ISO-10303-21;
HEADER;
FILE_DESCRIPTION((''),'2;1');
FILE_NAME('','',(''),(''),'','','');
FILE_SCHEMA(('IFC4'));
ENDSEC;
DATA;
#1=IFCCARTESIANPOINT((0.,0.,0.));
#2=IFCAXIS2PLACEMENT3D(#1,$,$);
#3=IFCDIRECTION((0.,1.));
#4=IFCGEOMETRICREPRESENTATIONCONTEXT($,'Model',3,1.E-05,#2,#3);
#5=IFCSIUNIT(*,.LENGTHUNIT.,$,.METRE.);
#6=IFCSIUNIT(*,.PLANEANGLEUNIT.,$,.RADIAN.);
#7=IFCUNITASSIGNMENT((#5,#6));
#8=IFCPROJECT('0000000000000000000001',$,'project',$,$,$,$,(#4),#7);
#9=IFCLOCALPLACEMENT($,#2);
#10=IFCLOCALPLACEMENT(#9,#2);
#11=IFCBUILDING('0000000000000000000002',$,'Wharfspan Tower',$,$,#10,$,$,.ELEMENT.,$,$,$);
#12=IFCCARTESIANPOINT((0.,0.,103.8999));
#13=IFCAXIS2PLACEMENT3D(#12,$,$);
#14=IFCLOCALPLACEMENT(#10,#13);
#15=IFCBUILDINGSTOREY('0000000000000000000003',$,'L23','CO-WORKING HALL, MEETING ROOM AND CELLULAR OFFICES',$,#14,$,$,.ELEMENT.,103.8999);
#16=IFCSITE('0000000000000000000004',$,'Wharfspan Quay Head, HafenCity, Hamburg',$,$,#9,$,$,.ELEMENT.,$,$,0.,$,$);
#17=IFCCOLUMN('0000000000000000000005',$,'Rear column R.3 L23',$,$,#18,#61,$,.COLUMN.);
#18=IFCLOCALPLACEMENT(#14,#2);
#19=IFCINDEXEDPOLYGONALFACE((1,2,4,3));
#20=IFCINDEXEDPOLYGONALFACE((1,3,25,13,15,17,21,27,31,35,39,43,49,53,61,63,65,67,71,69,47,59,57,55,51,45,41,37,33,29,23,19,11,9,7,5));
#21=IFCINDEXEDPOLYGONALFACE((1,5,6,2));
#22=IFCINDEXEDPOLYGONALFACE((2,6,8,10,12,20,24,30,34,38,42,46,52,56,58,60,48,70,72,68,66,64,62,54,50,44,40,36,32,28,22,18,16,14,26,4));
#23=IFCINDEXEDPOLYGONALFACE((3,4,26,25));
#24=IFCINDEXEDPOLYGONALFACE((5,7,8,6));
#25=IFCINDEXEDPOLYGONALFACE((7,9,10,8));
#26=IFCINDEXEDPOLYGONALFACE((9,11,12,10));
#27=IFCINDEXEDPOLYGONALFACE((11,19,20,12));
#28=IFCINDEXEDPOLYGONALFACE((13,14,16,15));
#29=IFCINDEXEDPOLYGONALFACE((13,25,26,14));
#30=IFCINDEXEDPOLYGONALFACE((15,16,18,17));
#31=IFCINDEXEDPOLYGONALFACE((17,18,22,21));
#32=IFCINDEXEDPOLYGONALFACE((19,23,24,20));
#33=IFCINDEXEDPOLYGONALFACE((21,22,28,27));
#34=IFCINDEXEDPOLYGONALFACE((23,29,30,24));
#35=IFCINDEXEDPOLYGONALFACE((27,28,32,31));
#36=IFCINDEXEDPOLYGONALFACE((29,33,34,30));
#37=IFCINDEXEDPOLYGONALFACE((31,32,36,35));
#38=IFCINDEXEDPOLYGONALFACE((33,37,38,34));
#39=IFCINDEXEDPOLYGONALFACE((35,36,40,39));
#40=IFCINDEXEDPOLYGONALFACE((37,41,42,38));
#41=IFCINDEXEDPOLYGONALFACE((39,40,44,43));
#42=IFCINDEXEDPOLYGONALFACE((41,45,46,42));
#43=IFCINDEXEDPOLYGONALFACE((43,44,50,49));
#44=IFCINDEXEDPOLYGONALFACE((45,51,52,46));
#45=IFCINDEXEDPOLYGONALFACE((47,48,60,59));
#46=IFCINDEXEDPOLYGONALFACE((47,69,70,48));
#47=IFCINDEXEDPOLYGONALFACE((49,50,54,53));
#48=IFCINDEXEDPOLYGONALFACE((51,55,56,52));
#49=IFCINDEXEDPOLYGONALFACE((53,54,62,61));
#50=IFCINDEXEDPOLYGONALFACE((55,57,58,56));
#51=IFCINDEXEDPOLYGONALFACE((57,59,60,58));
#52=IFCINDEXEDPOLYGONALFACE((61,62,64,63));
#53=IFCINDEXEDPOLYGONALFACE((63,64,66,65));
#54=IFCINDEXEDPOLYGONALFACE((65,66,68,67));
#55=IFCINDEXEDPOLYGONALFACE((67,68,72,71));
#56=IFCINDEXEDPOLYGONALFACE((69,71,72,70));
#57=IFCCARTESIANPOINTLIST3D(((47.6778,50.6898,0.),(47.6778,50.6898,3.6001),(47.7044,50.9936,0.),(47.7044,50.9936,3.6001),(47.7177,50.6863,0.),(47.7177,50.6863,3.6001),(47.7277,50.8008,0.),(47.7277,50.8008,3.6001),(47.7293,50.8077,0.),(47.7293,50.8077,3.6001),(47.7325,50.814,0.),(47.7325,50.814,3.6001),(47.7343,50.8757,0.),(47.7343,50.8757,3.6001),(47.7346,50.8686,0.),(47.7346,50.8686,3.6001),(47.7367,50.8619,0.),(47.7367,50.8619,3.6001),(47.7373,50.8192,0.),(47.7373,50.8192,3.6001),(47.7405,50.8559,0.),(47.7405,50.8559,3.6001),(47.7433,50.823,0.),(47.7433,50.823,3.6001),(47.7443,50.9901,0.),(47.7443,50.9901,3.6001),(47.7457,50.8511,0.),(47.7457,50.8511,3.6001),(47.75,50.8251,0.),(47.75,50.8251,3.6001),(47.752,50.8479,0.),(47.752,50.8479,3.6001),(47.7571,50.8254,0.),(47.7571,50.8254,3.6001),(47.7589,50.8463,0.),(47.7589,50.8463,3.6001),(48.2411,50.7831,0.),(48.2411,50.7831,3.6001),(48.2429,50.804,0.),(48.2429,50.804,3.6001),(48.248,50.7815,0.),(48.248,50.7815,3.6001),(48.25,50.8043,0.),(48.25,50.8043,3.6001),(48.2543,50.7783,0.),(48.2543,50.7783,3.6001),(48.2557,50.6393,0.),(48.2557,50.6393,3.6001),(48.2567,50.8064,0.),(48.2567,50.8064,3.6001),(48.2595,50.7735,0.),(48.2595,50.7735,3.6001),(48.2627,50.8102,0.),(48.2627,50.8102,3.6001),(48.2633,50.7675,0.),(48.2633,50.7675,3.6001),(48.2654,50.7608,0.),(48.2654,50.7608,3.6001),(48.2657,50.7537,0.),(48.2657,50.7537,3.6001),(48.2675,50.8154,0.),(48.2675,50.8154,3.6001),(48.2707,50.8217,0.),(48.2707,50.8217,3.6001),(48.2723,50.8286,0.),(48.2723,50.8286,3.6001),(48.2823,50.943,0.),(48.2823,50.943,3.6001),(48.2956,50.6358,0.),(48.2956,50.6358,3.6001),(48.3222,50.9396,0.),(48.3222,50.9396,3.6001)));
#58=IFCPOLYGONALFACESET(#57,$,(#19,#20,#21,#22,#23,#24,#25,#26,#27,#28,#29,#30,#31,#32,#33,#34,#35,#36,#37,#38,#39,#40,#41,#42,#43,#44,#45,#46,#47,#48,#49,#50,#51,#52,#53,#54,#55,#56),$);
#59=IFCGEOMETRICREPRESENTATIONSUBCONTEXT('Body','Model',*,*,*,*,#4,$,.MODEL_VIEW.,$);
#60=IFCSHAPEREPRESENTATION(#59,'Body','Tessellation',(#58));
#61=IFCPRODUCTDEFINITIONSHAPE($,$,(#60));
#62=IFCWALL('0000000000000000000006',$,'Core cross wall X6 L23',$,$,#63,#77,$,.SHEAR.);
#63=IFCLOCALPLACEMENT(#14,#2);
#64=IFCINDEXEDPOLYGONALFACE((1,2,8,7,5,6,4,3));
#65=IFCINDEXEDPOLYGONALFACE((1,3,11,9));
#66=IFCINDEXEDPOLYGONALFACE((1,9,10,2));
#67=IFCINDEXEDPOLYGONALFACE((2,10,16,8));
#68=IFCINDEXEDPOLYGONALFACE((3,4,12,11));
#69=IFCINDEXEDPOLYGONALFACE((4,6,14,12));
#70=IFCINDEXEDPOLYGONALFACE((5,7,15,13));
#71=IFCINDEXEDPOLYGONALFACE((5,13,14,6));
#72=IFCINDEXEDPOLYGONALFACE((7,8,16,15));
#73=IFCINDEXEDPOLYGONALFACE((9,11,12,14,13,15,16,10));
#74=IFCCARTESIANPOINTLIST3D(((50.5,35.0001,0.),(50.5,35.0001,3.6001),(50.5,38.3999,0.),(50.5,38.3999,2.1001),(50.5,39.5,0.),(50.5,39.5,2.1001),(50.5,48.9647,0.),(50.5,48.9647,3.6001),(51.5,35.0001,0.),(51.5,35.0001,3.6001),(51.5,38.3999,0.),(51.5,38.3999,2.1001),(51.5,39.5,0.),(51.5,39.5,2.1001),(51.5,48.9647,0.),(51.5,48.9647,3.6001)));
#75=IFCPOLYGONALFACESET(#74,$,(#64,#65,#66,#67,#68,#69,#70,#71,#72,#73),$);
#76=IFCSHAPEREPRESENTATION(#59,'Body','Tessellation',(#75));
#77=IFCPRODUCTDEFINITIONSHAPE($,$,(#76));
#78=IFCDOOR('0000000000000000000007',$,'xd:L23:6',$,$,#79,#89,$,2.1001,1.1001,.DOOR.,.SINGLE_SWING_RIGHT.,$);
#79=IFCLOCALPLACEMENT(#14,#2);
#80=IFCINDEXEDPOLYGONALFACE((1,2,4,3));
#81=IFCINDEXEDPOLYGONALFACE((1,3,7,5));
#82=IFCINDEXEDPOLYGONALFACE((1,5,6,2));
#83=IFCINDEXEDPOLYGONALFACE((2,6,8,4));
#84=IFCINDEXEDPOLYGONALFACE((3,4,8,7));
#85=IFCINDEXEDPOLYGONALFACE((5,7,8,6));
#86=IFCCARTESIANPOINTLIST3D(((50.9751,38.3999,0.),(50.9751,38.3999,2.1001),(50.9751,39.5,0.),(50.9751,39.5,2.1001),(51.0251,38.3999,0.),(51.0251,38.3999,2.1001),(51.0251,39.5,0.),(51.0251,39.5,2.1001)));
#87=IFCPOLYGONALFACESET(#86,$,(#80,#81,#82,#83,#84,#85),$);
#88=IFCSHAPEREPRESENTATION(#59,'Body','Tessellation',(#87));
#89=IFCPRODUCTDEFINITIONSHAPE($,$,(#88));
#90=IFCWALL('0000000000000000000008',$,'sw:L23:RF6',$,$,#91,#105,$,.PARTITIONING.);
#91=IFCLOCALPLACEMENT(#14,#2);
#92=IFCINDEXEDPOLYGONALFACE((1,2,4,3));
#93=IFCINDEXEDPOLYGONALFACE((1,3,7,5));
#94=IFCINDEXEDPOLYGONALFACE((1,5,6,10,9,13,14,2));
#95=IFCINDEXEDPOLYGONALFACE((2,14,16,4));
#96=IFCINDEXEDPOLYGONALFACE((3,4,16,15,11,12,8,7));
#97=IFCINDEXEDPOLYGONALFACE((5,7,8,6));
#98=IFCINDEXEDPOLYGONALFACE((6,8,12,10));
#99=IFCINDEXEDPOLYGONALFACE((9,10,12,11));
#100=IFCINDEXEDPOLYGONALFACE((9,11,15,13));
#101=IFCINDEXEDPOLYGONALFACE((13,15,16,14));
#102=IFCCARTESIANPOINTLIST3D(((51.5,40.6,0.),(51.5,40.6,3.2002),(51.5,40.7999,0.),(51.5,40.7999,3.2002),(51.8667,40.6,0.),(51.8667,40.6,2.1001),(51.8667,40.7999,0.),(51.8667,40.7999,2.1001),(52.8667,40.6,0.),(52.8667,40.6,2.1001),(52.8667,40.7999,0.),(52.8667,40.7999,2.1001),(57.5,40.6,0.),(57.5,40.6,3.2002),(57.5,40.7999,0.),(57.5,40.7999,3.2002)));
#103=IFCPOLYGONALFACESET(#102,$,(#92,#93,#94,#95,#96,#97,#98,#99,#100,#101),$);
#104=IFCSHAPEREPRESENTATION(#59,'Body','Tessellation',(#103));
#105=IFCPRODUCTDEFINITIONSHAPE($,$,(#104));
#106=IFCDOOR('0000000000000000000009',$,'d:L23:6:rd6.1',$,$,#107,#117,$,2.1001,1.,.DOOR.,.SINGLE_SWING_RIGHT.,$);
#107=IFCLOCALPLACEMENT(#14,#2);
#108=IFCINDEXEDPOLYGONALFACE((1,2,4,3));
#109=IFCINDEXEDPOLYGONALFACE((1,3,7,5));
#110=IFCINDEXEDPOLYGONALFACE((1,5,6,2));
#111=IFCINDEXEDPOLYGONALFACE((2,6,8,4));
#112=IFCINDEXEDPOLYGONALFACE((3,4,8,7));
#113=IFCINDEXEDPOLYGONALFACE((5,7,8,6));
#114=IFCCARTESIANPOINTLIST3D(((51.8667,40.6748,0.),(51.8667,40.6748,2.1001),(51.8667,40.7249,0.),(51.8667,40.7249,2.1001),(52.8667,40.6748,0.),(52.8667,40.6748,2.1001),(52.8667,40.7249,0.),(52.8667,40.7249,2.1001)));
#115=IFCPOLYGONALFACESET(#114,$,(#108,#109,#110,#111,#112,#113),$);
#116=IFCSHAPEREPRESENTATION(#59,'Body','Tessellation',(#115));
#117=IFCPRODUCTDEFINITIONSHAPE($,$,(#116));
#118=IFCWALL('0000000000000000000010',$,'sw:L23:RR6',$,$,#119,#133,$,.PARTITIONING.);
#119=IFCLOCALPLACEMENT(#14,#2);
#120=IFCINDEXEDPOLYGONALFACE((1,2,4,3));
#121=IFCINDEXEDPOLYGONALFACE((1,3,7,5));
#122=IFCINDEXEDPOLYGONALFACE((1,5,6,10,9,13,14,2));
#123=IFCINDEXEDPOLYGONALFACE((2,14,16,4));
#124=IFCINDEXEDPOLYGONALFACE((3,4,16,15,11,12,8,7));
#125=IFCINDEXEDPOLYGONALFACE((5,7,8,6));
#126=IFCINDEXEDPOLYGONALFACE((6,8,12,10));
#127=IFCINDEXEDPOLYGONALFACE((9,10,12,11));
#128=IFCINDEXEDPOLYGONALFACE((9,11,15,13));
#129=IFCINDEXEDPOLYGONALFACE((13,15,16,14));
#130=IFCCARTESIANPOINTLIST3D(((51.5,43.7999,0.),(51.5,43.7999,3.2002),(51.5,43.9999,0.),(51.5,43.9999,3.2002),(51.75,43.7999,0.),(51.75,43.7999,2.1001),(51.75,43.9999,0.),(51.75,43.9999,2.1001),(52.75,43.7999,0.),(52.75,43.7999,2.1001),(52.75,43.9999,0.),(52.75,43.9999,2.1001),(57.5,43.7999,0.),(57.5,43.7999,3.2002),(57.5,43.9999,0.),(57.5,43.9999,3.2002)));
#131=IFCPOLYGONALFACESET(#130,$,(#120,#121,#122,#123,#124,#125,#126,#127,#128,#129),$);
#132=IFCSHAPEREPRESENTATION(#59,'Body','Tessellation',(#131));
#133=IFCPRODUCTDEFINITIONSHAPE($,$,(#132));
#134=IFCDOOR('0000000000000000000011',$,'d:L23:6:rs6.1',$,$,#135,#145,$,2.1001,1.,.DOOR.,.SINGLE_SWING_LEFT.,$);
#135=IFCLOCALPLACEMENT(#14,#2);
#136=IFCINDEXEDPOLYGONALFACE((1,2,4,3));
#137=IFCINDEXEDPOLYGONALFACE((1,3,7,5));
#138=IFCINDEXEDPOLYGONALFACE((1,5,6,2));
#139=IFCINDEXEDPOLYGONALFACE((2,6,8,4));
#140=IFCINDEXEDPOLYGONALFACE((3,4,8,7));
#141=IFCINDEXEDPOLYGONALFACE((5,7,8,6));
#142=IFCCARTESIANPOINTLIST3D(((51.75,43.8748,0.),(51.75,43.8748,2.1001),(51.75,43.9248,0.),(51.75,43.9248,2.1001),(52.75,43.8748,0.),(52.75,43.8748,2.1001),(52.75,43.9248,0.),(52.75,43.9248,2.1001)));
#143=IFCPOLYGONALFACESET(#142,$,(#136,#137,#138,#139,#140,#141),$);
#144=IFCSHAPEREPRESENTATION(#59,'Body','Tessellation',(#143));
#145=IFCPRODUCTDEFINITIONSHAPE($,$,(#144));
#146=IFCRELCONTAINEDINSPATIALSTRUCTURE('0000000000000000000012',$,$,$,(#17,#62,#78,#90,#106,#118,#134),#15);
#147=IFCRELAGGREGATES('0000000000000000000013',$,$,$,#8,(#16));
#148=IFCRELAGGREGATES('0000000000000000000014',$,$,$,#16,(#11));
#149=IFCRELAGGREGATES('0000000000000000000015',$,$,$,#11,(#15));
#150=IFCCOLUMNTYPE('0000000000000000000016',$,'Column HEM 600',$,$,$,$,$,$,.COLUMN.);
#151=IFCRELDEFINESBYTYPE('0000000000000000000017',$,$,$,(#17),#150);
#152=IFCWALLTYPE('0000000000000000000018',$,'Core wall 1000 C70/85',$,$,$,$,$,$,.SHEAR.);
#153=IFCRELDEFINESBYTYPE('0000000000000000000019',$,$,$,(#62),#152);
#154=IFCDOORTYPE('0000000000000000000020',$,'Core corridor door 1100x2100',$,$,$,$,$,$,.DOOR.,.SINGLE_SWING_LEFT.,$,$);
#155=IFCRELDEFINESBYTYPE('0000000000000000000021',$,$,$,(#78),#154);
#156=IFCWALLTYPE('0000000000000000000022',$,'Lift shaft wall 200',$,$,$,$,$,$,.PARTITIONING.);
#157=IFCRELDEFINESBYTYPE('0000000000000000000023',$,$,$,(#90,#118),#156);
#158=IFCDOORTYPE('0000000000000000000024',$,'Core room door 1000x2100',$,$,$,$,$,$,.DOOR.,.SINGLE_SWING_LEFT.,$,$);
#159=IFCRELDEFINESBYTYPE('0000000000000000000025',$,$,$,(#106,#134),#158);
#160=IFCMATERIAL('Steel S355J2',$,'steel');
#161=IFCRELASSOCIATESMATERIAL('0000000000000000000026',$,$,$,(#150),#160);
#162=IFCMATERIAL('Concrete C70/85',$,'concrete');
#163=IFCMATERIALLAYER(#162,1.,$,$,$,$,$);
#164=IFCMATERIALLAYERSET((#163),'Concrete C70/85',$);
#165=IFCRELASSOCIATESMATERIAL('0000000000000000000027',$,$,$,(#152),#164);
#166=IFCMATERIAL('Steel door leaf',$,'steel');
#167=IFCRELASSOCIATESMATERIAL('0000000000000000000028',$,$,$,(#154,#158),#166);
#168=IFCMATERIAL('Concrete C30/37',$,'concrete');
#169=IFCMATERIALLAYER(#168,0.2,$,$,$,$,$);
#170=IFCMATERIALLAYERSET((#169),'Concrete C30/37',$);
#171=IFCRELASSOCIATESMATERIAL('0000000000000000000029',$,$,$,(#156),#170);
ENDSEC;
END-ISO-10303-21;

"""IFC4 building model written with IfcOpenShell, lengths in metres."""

from ifc_helpers import new_model, si_unit, direction, frame, frame_2d, origin, origin_2d, place, context, subcontext, project, spatial, rectangle, i_section, extrude, material, layer, layer_set, material_profile, profile_set, type_object, element, fill, save


model = new_model("IFC4")

# Units and contexts
model_context = context("Model", 3, precision=1e-05, world=origin(), true_north=direction((0.0, 1.0)))
body_context = subcontext(model_context, "Body", "Model", "MODEL_VIEW")
ifc_project = project(units=[si_unit("LENGTHUNIT", "METRE"), si_unit("PLANEANGLEUNIT", "RADIAN")], contexts=[model_context])

# Site, building, storey
site_placement = place(None, origin())
site = spatial("IfcSite", under=ifc_project, at=site_placement, Name="Wharfspan Quay Head, HafenCity, Hamburg", CompositionType="ELEMENT", RefElevation=0.0)
building_placement = place(site_placement, origin())
building = spatial("IfcBuilding", under=site, at=building_placement, Name="Wharfspan Tower", CompositionType="ELEMENT")
storey_placement = place(building_placement, frame((0.0, 0.0, 103.8999)))
storey = spatial("IfcBuildingStorey", under=building, at=storey_placement, Name="L23", Description="CO-WORKING HALL, MEETING ROOM AND CELLULAR OFFICES", CompositionType="ELEMENT", Elevation=103.8999)

# Column
ifc_material_1 = material(Name="Steel S355J2", Category="steel")
ifc_material_profile_1 = material_profile(ifc_material_1, i_section(OverallWidth=0.3049, OverallDepth=0.6201, WebThickness=0.021, FlangeThickness=0.04, FilletRadius=0.0271, at=origin_2d()))
ifc_profile_set_1 = profile_set([ifc_material_profile_1], Name="Steel S355J2")
column_type = type_object("IfcColumnType", Name="Column HEM 600", PredefinedType="COLUMN", material=ifc_profile_set_1)
column_placement = place(storey_placement, frame((48.0, 50.8147, 0.0), z_axis=(0.0, 0.0, 1.0), x_axis=(0.087156, 0.996198, 0.0)))
element("IfcColumn", 1, at=column_placement, inside=storey, type_object=column_type, Name="Rear column R.3 L23", PredefinedType="COLUMN", context=body_context, shape_type="SweptSolid", body=[
    extrude(i_section(OverallWidth=0.3049, OverallDepth=0.6201, WebThickness=0.021, FlangeThickness=0.04, FilletRadius=0.0271, at=origin_2d()), origin(), (0.0, 0.0, 1.0), 3.6001),
])

# Walls, openings, doors
ifc_material_2 = material(Name="Concrete C70/85", Category="concrete")
ifc_layer_1 = layer(ifc_material_2, 1.0)
ifc_layer_set_1 = layer_set([ifc_layer_1], Name="Concrete C70/85")
wall_type_1 = type_object("IfcWallType", Name="Core wall 1000 C70/85", PredefinedType="SHEAR", material=ifc_layer_set_1)
wall_1_placement = place(storey_placement, frame((51.0, 35.0, 0.0), z_axis=(0.0, 0.0, 1.0), x_axis=(0.0, 1.0, 0.0)))
wall_1 = element("IfcWall", 2, at=wall_1_placement, inside=storey, type_object=wall_type_1, Name="Core cross wall X6 L23", PredefinedType="SHEAR", context=body_context, shape_type="SweptSolid", body=[
    extrude(rectangle(XDim=13.9646, YDim=1.0, at=frame_2d((6.9824, 0.0))), origin(), (0.0, 0.0, 1.0), 3.6001),
])
opening_1_placement = place(wall_1_placement, frame((3.3999, 0.0, 0.0)))
opening_1 = element("IfcOpeningElement", 3, at=opening_1_placement, cuts=wall_1, PredefinedType="OPENING", context=body_context, shape_type="SweptSolid", body=[
    extrude(rectangle(XDim=1.1001, YDim=2.1001, at=frame_2d((0.55, 1.05))), frame((0.0, 0.51, 0.0), z_axis=(0.0, -1.0, 0.0), x_axis=(1.0, 0.0, 0.0)), (0.0, 0.0, 1.0), 1.02),
])
ifc_material_3 = material(Name="Steel door leaf", Category="steel")
door_type_1 = type_object("IfcDoorType", Name="Core corridor door 1100x2100", OperationType="SINGLE_SWING_LEFT", PredefinedType="DOOR", material=ifc_material_3)
door_1_placement = place(opening_1_placement, origin())
door_1 = element("IfcDoor", 4, at=door_1_placement, inside=storey, type_object=door_type_1, Name="xd:L23:6", OperationType="SINGLE_SWING_RIGHT", OverallHeight=2.1001, OverallWidth=1.1001, PredefinedType="DOOR", context=body_context, shape_type="SweptSolid", body=[
    extrude(rectangle(XDim=1.1001, YDim=2.1001, at=frame_2d((0.55, 1.05))), frame((0.0, 0.0249, 0.0), z_axis=(0.0, -1.0, 0.0), x_axis=(1.0, 0.0, 0.0)), (0.0, 0.0, 1.0), 0.05),
])
fill(opening_1, door_1)
ifc_material_4 = material(Name="Concrete C30/37", Category="concrete")
ifc_layer_2 = layer(ifc_material_4, 0.2)
ifc_layer_set_2 = layer_set([ifc_layer_2], Name="Concrete C30/37")
wall_type_2 = type_object("IfcWallType", Name="Lift shaft wall 200", PredefinedType="PARTITIONING", material=ifc_layer_set_2)
wall_2_placement = place(storey_placement, frame((51.5, 40.7, 0.0), z_axis=(0.0, 0.0, 1.0), x_axis=(1.0, 0.0, 0.0)))
wall_2 = element("IfcWall", 5, at=wall_2_placement, inside=storey, type_object=wall_type_2, Name="sw:L23:RF6", PredefinedType="PARTITIONING", context=body_context, shape_type="SweptSolid", body=[
    extrude(rectangle(XDim=6.0, YDim=0.2, at=frame_2d((3.0, 0.0))), origin(), (0.0, 0.0, 1.0), 3.2002),
])
opening_2_placement = place(wall_2_placement, frame((0.3667, 0.0, 0.0)))
opening_2 = element("IfcOpeningElement", 6, at=opening_2_placement, cuts=wall_2, PredefinedType="OPENING", context=body_context, shape_type="SweptSolid", body=[
    extrude(rectangle(XDim=1.0, YDim=2.1001, at=frame_2d((0.5, 1.05))), frame((0.0, 0.1099, 0.0), z_axis=(0.0, -1.0, 0.0), x_axis=(1.0, 0.0, 0.0)), (0.0, 0.0, 1.0), 0.22),
])
door_type_2 = type_object("IfcDoorType", Name="Core room door 1000x2100", OperationType="SINGLE_SWING_LEFT", PredefinedType="DOOR", material=ifc_material_3)
door_2_placement = place(opening_2_placement, origin())
door_2 = element("IfcDoor", 7, at=door_2_placement, inside=storey, type_object=door_type_2, Name="d:L23:6:rd6.1", OperationType="SINGLE_SWING_RIGHT", OverallHeight=2.1001, OverallWidth=1.0, PredefinedType="DOOR", context=body_context, shape_type="SweptSolid", body=[
    extrude(rectangle(XDim=1.0, YDim=2.1001, at=frame_2d((0.5, 1.05))), frame((0.0, 0.0249, 0.0), z_axis=(0.0, -1.0, 0.0), x_axis=(1.0, 0.0, 0.0)), (0.0, 0.0, 1.0), 0.05),
])
fill(opening_2, door_2)
wall_3_placement = place(storey_placement, frame((51.5, 43.8999, 0.0), z_axis=(0.0, 0.0, 1.0), x_axis=(1.0, 0.0, 0.0)))
wall_3 = element("IfcWall", 8, at=wall_3_placement, inside=storey, type_object=wall_type_2, Name="sw:L23:RR6", PredefinedType="PARTITIONING", context=body_context, shape_type="SweptSolid", body=[
    extrude(rectangle(XDim=6.0, YDim=0.2, at=frame_2d((3.0, 0.0))), origin(), (0.0, 0.0, 1.0), 3.2002),
])
opening_3_placement = place(wall_3_placement, frame((0.25, 0.0, 0.0)))
opening_3 = element("IfcOpeningElement", 9, at=opening_3_placement, cuts=wall_3, PredefinedType="OPENING", context=body_context, shape_type="SweptSolid", body=[
    extrude(rectangle(XDim=1.0, YDim=2.1001, at=frame_2d((0.5, 1.05))), frame((0.0, 0.1099, 0.0), z_axis=(0.0, -1.0, 0.0), x_axis=(1.0, 0.0, 0.0)), (0.0, 0.0, 1.0), 0.22),
])
door_3_placement = place(opening_3_placement, origin())
door_3 = element("IfcDoor", 10, at=door_3_placement, inside=storey, type_object=door_type_2, Name="d:L23:6:rs6.1", OperationType="SINGLE_SWING_LEFT", OverallHeight=2.1001, OverallWidth=1.0, PredefinedType="DOOR", context=body_context, shape_type="SweptSolid", body=[
    extrude(rectangle(XDim=1.0, YDim=2.1001, at=frame_2d((0.5, 1.05))), frame((0.0, 0.0249, 0.0), z_axis=(0.0, -1.0, 0.0), x_axis=(1.0, 0.0, 0.0)), (0.0, 0.0, 1.0), 0.05),
])
fill(opening_3, door_3)

save(model, "model.ifc")
